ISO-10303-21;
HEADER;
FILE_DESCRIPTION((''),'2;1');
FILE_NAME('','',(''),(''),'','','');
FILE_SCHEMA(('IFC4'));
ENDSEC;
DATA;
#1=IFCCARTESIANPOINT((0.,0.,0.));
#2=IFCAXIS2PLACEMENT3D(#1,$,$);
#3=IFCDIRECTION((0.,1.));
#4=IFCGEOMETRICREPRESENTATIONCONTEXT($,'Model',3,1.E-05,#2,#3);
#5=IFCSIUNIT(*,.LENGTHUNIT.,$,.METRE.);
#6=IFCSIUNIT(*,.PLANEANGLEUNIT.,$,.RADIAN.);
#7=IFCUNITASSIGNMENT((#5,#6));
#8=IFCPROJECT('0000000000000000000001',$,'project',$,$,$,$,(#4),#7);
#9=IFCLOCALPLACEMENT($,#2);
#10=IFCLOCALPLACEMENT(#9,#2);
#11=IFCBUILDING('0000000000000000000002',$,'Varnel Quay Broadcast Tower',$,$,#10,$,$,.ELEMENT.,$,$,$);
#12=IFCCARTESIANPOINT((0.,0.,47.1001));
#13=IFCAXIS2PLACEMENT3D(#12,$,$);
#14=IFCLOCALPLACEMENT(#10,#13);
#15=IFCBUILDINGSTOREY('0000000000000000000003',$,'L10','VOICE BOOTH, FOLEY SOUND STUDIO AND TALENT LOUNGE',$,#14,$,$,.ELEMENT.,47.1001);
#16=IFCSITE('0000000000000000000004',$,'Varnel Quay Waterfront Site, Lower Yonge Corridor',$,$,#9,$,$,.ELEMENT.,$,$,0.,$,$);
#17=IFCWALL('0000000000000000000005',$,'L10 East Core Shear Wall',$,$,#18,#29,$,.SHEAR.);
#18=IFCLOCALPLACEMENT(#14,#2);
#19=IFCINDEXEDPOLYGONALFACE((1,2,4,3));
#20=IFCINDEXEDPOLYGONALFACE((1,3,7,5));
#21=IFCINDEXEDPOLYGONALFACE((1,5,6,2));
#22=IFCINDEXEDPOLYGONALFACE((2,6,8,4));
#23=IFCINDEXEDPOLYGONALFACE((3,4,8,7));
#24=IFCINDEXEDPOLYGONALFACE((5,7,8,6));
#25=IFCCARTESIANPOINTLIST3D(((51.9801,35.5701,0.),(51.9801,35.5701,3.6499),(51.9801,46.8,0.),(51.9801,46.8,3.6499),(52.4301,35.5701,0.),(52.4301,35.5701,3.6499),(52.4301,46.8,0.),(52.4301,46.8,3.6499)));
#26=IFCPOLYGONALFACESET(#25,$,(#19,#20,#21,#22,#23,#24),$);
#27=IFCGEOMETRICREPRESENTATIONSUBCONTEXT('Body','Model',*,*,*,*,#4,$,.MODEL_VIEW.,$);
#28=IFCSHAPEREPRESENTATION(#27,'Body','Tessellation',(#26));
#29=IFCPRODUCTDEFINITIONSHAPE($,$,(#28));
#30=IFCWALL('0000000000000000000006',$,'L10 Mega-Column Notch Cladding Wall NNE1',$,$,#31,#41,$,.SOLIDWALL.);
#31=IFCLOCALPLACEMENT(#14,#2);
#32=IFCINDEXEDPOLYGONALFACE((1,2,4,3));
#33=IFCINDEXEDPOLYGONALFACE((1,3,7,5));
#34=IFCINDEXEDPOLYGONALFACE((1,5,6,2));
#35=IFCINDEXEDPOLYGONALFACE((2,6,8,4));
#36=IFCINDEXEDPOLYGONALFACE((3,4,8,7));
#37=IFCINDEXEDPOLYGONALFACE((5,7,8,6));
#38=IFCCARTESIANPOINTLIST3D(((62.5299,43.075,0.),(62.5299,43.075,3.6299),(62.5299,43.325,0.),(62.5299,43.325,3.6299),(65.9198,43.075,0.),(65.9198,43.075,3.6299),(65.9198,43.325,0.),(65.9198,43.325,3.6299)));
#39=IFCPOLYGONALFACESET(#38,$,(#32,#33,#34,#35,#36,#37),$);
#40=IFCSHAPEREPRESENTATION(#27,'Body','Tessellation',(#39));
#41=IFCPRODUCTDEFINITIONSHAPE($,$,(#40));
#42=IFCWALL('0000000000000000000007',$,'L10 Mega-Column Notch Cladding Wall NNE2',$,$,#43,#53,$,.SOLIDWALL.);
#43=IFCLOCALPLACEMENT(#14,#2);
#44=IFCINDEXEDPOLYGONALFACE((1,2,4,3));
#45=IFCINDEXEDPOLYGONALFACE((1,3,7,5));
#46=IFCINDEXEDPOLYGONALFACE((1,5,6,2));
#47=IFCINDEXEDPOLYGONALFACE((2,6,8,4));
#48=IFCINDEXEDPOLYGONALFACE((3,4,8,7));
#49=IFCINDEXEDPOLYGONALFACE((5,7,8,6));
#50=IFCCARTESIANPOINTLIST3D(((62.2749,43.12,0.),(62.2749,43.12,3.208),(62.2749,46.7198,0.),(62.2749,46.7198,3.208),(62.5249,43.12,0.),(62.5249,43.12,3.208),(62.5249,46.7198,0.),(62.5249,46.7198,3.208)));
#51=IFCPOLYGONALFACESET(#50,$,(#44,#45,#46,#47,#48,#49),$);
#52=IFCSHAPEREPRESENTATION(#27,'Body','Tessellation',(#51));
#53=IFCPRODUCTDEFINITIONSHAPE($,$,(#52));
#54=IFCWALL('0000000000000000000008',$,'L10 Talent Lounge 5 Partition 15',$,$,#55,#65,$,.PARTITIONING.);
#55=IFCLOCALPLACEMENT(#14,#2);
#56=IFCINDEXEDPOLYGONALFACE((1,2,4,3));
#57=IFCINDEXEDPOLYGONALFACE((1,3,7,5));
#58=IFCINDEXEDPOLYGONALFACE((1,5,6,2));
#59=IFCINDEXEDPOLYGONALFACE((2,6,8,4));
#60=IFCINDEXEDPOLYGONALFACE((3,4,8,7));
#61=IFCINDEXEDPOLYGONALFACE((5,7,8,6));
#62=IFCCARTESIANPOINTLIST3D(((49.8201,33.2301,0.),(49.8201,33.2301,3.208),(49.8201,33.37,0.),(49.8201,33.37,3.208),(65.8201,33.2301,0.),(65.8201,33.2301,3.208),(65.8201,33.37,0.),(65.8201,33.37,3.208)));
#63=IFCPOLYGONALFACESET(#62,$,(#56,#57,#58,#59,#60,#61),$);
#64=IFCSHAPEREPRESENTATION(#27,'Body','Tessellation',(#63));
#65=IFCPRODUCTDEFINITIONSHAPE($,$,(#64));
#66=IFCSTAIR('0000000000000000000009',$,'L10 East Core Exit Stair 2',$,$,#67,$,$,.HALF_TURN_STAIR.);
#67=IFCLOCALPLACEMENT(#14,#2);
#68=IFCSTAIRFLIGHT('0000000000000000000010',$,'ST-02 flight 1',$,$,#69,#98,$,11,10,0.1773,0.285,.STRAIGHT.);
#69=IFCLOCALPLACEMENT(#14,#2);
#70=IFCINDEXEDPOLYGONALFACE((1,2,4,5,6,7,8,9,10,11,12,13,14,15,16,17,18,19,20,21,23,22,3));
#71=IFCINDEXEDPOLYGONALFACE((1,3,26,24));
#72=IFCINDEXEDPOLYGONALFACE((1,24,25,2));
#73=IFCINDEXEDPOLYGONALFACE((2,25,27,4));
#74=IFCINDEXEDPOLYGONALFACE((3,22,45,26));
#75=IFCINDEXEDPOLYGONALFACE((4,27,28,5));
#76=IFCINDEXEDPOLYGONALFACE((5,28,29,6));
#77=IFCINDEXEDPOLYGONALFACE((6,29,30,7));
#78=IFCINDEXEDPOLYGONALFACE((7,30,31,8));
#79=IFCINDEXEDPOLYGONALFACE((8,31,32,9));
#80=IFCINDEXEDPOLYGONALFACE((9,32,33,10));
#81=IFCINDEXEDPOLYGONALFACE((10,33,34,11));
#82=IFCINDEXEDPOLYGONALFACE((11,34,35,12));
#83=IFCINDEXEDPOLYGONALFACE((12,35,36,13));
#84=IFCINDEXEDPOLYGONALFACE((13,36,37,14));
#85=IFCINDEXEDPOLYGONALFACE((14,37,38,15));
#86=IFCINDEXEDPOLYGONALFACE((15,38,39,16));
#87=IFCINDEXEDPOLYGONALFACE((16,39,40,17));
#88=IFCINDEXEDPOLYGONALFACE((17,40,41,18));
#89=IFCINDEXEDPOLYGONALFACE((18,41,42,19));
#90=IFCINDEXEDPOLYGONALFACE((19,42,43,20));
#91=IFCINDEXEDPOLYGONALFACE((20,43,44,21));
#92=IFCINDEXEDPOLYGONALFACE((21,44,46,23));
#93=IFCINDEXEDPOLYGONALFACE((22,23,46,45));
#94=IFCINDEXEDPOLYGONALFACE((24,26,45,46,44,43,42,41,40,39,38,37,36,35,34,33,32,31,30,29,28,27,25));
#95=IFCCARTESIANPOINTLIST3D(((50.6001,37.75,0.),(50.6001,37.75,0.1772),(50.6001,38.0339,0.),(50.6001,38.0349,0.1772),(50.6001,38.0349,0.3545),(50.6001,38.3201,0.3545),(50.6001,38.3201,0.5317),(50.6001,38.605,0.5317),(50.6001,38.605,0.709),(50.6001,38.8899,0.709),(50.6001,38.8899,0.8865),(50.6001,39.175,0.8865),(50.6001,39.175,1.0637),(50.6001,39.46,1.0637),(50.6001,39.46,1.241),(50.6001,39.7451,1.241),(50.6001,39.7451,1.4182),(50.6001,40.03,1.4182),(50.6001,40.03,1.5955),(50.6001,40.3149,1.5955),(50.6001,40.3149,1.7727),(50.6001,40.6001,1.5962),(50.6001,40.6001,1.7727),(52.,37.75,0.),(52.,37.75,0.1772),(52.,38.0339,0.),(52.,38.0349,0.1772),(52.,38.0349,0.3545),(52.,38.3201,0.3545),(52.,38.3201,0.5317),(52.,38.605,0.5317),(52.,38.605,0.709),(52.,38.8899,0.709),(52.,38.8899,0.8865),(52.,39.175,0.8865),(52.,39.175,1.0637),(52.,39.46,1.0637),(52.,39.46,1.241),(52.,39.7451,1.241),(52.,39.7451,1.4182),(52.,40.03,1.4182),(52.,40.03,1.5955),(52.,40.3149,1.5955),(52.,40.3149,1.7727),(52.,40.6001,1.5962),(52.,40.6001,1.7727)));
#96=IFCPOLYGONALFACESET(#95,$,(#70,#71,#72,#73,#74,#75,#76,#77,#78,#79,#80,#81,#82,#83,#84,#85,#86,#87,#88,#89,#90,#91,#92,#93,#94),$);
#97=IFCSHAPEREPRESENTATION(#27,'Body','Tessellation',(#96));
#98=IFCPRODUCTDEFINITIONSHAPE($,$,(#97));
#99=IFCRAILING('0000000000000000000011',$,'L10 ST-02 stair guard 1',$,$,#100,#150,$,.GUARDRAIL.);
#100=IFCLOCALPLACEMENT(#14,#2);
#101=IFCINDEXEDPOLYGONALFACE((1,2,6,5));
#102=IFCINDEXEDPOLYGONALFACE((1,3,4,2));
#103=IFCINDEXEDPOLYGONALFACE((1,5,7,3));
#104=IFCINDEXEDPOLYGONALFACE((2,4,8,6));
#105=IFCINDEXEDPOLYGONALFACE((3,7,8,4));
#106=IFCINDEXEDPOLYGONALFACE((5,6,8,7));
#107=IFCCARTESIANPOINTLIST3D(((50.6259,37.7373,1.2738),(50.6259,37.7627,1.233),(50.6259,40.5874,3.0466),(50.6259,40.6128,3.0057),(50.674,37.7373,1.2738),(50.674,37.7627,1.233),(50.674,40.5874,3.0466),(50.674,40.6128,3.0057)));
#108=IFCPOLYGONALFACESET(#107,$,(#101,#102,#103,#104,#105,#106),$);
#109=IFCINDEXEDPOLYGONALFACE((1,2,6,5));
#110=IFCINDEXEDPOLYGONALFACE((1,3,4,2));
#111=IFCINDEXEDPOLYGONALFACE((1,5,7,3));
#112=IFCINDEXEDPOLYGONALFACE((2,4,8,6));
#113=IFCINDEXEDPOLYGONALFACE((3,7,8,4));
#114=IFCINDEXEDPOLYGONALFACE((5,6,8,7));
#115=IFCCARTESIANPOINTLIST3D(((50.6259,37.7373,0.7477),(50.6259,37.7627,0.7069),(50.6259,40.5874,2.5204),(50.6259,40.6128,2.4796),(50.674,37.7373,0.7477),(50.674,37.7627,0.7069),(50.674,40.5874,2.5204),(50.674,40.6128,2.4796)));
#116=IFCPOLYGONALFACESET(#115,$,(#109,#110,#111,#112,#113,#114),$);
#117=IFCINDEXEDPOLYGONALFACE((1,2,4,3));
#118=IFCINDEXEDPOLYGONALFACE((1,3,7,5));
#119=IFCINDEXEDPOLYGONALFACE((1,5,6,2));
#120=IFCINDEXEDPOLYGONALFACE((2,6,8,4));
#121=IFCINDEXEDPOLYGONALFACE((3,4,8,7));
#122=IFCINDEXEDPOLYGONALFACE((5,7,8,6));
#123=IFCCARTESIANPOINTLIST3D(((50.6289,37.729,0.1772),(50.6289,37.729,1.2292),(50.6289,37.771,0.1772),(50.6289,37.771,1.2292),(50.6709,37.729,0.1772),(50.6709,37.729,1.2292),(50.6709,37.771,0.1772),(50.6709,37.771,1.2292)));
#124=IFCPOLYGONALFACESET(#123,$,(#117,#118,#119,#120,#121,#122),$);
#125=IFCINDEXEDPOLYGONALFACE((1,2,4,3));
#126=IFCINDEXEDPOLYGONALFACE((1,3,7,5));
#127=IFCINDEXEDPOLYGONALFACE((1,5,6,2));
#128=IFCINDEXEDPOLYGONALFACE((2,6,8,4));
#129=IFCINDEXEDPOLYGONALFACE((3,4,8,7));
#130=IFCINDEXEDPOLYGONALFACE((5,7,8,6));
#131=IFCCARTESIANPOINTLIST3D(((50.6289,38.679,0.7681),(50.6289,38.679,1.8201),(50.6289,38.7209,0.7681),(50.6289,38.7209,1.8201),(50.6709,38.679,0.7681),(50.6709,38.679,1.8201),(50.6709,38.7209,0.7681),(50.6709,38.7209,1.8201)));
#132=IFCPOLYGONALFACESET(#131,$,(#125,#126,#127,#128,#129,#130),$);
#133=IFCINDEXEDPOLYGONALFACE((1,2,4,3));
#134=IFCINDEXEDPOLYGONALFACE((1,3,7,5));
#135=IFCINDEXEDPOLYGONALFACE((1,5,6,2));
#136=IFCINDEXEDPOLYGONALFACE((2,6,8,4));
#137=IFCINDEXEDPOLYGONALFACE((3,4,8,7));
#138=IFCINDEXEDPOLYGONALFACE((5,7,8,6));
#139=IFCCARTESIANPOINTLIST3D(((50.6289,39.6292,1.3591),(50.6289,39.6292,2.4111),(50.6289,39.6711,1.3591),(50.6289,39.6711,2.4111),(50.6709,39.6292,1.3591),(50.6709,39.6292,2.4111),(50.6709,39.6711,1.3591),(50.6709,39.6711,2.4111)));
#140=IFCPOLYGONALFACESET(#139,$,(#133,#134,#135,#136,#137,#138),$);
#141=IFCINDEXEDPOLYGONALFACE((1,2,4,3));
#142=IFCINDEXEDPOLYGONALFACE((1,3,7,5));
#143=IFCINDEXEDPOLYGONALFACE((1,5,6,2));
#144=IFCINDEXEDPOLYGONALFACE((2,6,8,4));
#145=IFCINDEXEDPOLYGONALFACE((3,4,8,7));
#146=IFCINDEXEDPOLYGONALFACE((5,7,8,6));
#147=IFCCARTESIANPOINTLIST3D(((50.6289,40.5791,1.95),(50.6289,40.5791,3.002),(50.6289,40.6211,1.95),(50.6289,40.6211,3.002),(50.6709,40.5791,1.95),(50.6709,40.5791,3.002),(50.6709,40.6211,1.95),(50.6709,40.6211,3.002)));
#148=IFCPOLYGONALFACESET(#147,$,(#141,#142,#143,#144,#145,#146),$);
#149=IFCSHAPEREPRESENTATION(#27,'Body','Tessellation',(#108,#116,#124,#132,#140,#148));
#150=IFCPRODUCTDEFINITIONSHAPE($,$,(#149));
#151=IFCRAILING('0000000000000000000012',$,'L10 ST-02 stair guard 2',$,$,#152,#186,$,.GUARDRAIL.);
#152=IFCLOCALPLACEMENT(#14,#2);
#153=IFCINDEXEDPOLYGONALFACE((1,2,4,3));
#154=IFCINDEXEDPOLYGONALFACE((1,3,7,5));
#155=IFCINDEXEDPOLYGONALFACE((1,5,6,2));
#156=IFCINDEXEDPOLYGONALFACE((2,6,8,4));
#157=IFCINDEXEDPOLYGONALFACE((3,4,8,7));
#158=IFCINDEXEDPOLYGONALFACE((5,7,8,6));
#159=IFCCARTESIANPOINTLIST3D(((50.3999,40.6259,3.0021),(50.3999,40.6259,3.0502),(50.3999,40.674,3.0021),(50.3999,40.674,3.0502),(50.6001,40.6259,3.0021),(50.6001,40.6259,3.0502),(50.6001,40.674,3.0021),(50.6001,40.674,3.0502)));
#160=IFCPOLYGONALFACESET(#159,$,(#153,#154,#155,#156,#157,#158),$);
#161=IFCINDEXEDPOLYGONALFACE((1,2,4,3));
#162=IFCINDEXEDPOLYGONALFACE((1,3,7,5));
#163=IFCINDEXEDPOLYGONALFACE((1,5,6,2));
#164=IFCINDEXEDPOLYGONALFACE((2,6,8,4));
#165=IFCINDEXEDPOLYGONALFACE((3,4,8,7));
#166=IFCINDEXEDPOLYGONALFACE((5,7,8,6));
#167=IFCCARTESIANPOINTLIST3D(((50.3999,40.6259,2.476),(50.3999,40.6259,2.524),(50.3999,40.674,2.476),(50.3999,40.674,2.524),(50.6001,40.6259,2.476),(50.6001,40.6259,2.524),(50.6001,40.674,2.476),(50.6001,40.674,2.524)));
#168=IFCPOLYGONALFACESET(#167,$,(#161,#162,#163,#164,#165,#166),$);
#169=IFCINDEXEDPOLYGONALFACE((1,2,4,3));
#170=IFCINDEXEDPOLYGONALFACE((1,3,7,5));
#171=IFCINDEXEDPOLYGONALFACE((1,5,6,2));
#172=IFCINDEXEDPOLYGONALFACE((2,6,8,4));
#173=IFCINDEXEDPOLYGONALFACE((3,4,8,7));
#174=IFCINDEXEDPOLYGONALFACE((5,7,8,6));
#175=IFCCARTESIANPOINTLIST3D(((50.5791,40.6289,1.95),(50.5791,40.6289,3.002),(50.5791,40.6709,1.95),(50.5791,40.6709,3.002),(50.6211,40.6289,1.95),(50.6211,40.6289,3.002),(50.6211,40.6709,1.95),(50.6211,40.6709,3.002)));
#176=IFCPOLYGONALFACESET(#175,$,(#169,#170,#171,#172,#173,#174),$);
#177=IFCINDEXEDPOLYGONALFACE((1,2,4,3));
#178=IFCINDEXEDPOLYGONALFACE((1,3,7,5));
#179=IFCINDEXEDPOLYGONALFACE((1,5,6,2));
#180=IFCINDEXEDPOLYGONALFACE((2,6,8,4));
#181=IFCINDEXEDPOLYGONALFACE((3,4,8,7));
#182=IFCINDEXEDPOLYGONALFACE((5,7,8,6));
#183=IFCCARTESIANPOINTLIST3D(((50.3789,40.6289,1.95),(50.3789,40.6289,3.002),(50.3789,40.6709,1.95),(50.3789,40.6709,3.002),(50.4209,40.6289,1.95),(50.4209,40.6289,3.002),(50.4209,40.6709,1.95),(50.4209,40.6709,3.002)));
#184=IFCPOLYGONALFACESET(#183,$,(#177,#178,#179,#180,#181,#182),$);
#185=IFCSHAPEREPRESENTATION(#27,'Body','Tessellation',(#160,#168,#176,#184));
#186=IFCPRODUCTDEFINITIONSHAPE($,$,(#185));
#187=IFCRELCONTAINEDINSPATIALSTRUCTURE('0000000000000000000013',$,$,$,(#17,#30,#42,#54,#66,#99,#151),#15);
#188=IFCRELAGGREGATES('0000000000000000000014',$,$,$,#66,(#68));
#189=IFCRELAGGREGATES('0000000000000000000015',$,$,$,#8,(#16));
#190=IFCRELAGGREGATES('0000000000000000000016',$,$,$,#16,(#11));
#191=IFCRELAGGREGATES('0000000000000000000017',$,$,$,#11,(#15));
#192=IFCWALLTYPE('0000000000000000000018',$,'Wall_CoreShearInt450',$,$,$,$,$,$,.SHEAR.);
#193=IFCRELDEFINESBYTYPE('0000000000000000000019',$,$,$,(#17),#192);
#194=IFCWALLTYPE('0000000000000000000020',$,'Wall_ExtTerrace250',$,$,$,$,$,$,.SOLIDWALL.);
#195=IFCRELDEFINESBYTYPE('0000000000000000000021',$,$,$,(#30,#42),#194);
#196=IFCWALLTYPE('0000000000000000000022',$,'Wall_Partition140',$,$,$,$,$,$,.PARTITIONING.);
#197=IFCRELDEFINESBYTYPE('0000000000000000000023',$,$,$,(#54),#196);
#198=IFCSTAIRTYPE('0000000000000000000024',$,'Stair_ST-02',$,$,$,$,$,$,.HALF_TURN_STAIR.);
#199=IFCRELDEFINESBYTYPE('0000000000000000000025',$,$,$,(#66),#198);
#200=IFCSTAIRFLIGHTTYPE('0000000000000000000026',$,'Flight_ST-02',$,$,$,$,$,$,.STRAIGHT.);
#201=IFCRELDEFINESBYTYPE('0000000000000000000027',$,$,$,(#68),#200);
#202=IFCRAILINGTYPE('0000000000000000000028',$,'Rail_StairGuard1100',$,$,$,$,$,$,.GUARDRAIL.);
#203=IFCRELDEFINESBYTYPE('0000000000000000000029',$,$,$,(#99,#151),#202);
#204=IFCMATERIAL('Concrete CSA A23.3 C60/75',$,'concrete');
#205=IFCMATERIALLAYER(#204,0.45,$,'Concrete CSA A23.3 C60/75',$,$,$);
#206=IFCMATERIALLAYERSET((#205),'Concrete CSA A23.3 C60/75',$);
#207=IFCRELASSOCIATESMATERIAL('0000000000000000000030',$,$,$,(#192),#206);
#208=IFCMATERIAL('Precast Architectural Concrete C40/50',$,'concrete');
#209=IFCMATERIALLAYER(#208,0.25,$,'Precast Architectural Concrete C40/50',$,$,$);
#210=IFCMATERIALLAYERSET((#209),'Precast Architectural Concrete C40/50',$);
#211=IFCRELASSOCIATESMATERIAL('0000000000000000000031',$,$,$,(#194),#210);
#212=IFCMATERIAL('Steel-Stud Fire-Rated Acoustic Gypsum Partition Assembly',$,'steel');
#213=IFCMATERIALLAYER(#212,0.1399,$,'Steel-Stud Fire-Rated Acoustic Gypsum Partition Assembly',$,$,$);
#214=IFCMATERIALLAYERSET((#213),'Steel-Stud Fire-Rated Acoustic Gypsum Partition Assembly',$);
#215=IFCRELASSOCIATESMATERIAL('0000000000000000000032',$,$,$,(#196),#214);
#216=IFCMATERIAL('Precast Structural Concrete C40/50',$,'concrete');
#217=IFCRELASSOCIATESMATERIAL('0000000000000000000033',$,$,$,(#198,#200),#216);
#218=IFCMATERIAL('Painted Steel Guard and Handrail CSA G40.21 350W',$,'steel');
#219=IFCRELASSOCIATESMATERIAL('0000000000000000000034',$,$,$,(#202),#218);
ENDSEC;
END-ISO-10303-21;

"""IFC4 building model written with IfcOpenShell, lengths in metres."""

from ifc_helpers import new_model, si_unit, direction, frame, frame_2d, origin, origin_2d, place, context, subcontext, project, spatial, polyline, rectangle, outline, extrude, material, layer, layer_set, type_object, element, aggregate, save


model = new_model("IFC4")

# Units and contexts
model_context = context("Model", 3, precision=1e-05, world=origin(), true_north=direction((0.0, 1.0)))
body_context = subcontext(model_context, "Body", "Model", "MODEL_VIEW")
ifc_project = project(units=[si_unit("LENGTHUNIT", "METRE"), si_unit("PLANEANGLEUNIT", "RADIAN")], contexts=[model_context])

# Site, building, storey
site_placement = place(None, origin())
site = spatial("IfcSite", under=ifc_project, at=site_placement, Name="Varnel Quay Waterfront Site, Lower Yonge Corridor", CompositionType="ELEMENT", RefElevation=0.0)
building_placement = place(site_placement, origin())
building = spatial("IfcBuilding", under=site, at=building_placement, Name="Varnel Quay Broadcast Tower", CompositionType="ELEMENT")
storey_placement = place(building_placement, frame((0.0, 0.0, 47.1001)))
storey = spatial("IfcBuildingStorey", under=building, at=storey_placement, Name="L10", Description="VOICE BOOTH, FOLEY SOUND STUDIO AND TALENT LOUNGE", CompositionType="ELEMENT", Elevation=47.1001)

# Walls
ifc_material_1 = material(Name="Concrete CSA A23.3 C60/75", Category="concrete")
ifc_layer_1 = layer(ifc_material_1, 0.45, Name="Concrete CSA A23.3 C60/75")
ifc_layer_set_1 = layer_set([ifc_layer_1], Name="Concrete CSA A23.3 C60/75")
wall_type_1 = type_object("IfcWallType", Name="Wall_CoreShearInt450", PredefinedType="SHEAR", material=ifc_layer_set_1)
wall_1_placement = place(storey_placement, frame((52.2051, 35.5701, 0.0), z_axis=(0.0, 0.0, 1.0), x_axis=(0.0, 1.0, 0.0)))
element("IfcWall", 1, at=wall_1_placement, inside=storey, type_object=wall_type_1, Name="L10 East Core Shear Wall", PredefinedType="SHEAR", context=body_context, shape_type="SweptSolid", body=[
    extrude(rectangle(XDim=11.23, YDim=0.45, at=frame_2d((5.615, 0.0))), origin(), (0.0, 0.0, 1.0), 3.6499),
])
ifc_material_2 = material(Name="Precast Architectural Concrete C40/50", Category="concrete")
ifc_layer_2 = layer(ifc_material_2, 0.25, Name="Precast Architectural Concrete C40/50")
ifc_layer_set_2 = layer_set([ifc_layer_2], Name="Precast Architectural Concrete C40/50")
wall_type_2 = type_object("IfcWallType", Name="Wall_ExtTerrace250", PredefinedType="SOLIDWALL", material=ifc_layer_set_2)
wall_2_placement = place(storey_placement, frame((62.53, 43.2, 0.0), z_axis=(0.0, 0.0, 1.0), x_axis=(1.0, 0.0, 0.0)))
element("IfcWall", 2, at=wall_2_placement, inside=storey, type_object=wall_type_2, Name="L10 Mega-Column Notch Cladding Wall NNE1", PredefinedType="SOLIDWALL", context=body_context, shape_type="SweptSolid", body=[
    extrude(rectangle(XDim=3.3899, YDim=0.25, at=frame_2d((1.6948, 0.0))), origin(), (0.0, 0.0, 1.0), 3.6299),
])
wall_3_placement = place(storey_placement, frame((62.3999, 43.1201, 0.0), z_axis=(0.0, 0.0, 1.0), x_axis=(0.0, 1.0, 0.0)))
element("IfcWall", 3, at=wall_3_placement, inside=storey, type_object=wall_type_2, Name="L10 Mega-Column Notch Cladding Wall NNE2", PredefinedType="SOLIDWALL", context=body_context, shape_type="SweptSolid", body=[
    extrude(rectangle(XDim=3.5999, YDim=0.25, at=frame_2d((1.7998, 0.0))), origin(), (0.0, 0.0, 1.0), 3.208),
])
ifc_material_3 = material(Name="Steel-Stud Fire-Rated Acoustic Gypsum Partition Assembly", Category="steel")
ifc_layer_3 = layer(ifc_material_3, 0.1399, Name="Steel-Stud Fire-Rated Acoustic Gypsum Partition Assembly")
ifc_layer_set_3 = layer_set([ifc_layer_3], Name="Steel-Stud Fire-Rated Acoustic Gypsum Partition Assembly")
wall_type_3 = type_object("IfcWallType", Name="Wall_Partition140", PredefinedType="PARTITIONING", material=ifc_layer_set_3)
wall_4_placement = place(storey_placement, frame((49.8201, 33.3, 0.0), z_axis=(0.0, 0.0, 1.0), x_axis=(1.0, 0.0, 0.0)))
element("IfcWall", 4, at=wall_4_placement, inside=storey, type_object=wall_type_3, Name="L10 Talent Lounge 5 Partition 15", PredefinedType="PARTITIONING", context=body_context, shape_type="SweptSolid", body=[
    extrude(rectangle(XDim=16.0, YDim=0.1399, at=frame_2d((8.0, 0.0))), origin(), (0.0, 0.0, 1.0), 3.208),
])

# Stair, stair flight
ifc_material_4 = material(Name="Precast Structural Concrete C40/50", Category="concrete")
stair_type = type_object("IfcStairType", Name="Stair_ST-02", PredefinedType="HALF_TURN_STAIR", material=ifc_material_4)
stair_placement = place(storey_placement, origin())
stair = element("IfcStair", 5, at=stair_placement, inside=storey, type_object=stair_type, Name="L10 East Core Exit Stair 2", PredefinedType="HALF_TURN_STAIR")
stair_flight_type = type_object("IfcStairFlightType", Name="Flight_ST-02", PredefinedType="STRAIGHT", material=ifc_material_4)
stair_flight_placement = place(storey_placement, frame((51.3, 37.75, 0.0), z_axis=(0.0, 0.0, 1.0), x_axis=(0.0, 1.0, 0.0)))
stair_flight = element("IfcStairFlight", 6, at=stair_flight_placement, type_object=stair_flight_type, Name="ST-02 flight 1", NumberOfRisers=11, NumberOfTreads=10, PredefinedType="STRAIGHT", RiserHeight=0.1773, TreadLength=0.285, context=body_context, shape_type="SweptSolid", body=[
    extrude(outline(polyline([(0.0, 0.0), (0.0, 0.1772), (0.2849, 0.1772), (0.2849, 0.3545), (0.5701, 0.3545), (0.5701, 0.5317), (0.855, 0.5317), (0.855, 0.709), (1.1399, 0.709), (1.1399, 0.8865), (1.425, 0.8865), (1.425, 1.0637), (1.71, 1.0637), (1.71, 1.241), (1.9951, 1.241), (1.9951, 1.4182), (2.28, 1.4182), (2.28, 1.5955), (2.5649, 1.5955), (2.5649, 1.7727), (2.8501, 1.7727), (2.8501, 1.95), (2.8501, 1.5962), (0.2839, 0.0), (0.0, 0.0)])), frame((0.0, 0.7, 0.0), z_axis=(0.0, -1.0, 0.0), x_axis=(1.0, 0.0, 0.0)), (0.0, 0.0, 1.0), 1.3999),
])
aggregate(stair, [stair_flight])

# Railings
ifc_material_5 = material(Name="Painted Steel Guard and Handrail CSA G40.21 350W", Category="steel")
railing_type_1 = type_object("IfcRailingType", Name="Rail_StairGuard1100", PredefinedType="GUARDRAIL", material=ifc_material_5)
railing_1_placement = place(storey_placement, frame((50.6499, 37.75, 0.1772)))
element("IfcRailing", 7, at=railing_1_placement, inside=storey, type_object=railing_type_1, Name="L10 ST-02 stair guard 1", PredefinedType="GUARDRAIL", context=body_context, shape_type="SweptSolid", body=[
    extrude(rectangle(XDim=0.0481, YDim=0.0481, at=origin_2d()), frame((0.0, 0.0, 1.0762), z_axis=(0.0, 0.849149, 0.528154), x_axis=(-1.0, 0.0, 0.0)), (0.0, 0.0, 1.0), 3.3564),
    extrude(rectangle(XDim=0.0481, YDim=0.0481, at=origin_2d()), frame((0.0, 0.0, 0.55), z_axis=(0.0, 0.849149, 0.528154), x_axis=(-1.0, 0.0, 0.0)), (0.0, 0.0, 1.0), 3.3564),
    extrude(rectangle(XDim=0.042, YDim=0.042, at=origin_2d()), origin(), (0.0, 0.0, 1.0), 1.052),
    extrude(rectangle(XDim=0.042, YDim=0.042, at=origin_2d()), frame((0.0, 0.95, 0.5908)), (0.0, 0.0, 1.0), 1.052),
    extrude(rectangle(XDim=0.042, YDim=0.042, at=origin_2d()), frame((0.0, 1.9001, 1.1819)), (0.0, 0.0, 1.0), 1.052),
    extrude(rectangle(XDim=0.042, YDim=0.042, at=origin_2d()), frame((0.0, 2.8501, 1.7727)), (0.0, 0.0, 1.0), 1.052),
])
railing_2_placement = place(storey_placement, frame((50.6001, 40.6499, 1.95)))
element("IfcRailing", 8, at=railing_2_placement, inside=storey, type_object=railing_type_1, Name="L10 ST-02 stair guard 2", PredefinedType="GUARDRAIL", context=body_context, shape_type="SweptSolid", body=[
    extrude(rectangle(XDim=0.0481, YDim=0.0481, at=origin_2d()), frame((0.0, 0.0, 1.0762), z_axis=(-1.0, 0.0, 0.0), x_axis=(0.0, -1.0, 0.0)), (0.0, 0.0, 1.0), 0.2002),
    extrude(rectangle(XDim=0.0481, YDim=0.0481, at=origin_2d()), frame((0.0, 0.0, 0.55), z_axis=(-1.0, 0.0, 0.0), x_axis=(0.0, -1.0, 0.0)), (0.0, 0.0, 1.0), 0.2002),
    extrude(rectangle(XDim=0.042, YDim=0.042, at=origin_2d()), origin(), (0.0, 0.0, 1.0), 1.052),
    extrude(rectangle(XDim=0.042, YDim=0.042, at=origin_2d()), frame((-0.2002, 0.0, 0.0)), (0.0, 0.0, 1.0), 1.052),
])

save(model, "model.ifc")
